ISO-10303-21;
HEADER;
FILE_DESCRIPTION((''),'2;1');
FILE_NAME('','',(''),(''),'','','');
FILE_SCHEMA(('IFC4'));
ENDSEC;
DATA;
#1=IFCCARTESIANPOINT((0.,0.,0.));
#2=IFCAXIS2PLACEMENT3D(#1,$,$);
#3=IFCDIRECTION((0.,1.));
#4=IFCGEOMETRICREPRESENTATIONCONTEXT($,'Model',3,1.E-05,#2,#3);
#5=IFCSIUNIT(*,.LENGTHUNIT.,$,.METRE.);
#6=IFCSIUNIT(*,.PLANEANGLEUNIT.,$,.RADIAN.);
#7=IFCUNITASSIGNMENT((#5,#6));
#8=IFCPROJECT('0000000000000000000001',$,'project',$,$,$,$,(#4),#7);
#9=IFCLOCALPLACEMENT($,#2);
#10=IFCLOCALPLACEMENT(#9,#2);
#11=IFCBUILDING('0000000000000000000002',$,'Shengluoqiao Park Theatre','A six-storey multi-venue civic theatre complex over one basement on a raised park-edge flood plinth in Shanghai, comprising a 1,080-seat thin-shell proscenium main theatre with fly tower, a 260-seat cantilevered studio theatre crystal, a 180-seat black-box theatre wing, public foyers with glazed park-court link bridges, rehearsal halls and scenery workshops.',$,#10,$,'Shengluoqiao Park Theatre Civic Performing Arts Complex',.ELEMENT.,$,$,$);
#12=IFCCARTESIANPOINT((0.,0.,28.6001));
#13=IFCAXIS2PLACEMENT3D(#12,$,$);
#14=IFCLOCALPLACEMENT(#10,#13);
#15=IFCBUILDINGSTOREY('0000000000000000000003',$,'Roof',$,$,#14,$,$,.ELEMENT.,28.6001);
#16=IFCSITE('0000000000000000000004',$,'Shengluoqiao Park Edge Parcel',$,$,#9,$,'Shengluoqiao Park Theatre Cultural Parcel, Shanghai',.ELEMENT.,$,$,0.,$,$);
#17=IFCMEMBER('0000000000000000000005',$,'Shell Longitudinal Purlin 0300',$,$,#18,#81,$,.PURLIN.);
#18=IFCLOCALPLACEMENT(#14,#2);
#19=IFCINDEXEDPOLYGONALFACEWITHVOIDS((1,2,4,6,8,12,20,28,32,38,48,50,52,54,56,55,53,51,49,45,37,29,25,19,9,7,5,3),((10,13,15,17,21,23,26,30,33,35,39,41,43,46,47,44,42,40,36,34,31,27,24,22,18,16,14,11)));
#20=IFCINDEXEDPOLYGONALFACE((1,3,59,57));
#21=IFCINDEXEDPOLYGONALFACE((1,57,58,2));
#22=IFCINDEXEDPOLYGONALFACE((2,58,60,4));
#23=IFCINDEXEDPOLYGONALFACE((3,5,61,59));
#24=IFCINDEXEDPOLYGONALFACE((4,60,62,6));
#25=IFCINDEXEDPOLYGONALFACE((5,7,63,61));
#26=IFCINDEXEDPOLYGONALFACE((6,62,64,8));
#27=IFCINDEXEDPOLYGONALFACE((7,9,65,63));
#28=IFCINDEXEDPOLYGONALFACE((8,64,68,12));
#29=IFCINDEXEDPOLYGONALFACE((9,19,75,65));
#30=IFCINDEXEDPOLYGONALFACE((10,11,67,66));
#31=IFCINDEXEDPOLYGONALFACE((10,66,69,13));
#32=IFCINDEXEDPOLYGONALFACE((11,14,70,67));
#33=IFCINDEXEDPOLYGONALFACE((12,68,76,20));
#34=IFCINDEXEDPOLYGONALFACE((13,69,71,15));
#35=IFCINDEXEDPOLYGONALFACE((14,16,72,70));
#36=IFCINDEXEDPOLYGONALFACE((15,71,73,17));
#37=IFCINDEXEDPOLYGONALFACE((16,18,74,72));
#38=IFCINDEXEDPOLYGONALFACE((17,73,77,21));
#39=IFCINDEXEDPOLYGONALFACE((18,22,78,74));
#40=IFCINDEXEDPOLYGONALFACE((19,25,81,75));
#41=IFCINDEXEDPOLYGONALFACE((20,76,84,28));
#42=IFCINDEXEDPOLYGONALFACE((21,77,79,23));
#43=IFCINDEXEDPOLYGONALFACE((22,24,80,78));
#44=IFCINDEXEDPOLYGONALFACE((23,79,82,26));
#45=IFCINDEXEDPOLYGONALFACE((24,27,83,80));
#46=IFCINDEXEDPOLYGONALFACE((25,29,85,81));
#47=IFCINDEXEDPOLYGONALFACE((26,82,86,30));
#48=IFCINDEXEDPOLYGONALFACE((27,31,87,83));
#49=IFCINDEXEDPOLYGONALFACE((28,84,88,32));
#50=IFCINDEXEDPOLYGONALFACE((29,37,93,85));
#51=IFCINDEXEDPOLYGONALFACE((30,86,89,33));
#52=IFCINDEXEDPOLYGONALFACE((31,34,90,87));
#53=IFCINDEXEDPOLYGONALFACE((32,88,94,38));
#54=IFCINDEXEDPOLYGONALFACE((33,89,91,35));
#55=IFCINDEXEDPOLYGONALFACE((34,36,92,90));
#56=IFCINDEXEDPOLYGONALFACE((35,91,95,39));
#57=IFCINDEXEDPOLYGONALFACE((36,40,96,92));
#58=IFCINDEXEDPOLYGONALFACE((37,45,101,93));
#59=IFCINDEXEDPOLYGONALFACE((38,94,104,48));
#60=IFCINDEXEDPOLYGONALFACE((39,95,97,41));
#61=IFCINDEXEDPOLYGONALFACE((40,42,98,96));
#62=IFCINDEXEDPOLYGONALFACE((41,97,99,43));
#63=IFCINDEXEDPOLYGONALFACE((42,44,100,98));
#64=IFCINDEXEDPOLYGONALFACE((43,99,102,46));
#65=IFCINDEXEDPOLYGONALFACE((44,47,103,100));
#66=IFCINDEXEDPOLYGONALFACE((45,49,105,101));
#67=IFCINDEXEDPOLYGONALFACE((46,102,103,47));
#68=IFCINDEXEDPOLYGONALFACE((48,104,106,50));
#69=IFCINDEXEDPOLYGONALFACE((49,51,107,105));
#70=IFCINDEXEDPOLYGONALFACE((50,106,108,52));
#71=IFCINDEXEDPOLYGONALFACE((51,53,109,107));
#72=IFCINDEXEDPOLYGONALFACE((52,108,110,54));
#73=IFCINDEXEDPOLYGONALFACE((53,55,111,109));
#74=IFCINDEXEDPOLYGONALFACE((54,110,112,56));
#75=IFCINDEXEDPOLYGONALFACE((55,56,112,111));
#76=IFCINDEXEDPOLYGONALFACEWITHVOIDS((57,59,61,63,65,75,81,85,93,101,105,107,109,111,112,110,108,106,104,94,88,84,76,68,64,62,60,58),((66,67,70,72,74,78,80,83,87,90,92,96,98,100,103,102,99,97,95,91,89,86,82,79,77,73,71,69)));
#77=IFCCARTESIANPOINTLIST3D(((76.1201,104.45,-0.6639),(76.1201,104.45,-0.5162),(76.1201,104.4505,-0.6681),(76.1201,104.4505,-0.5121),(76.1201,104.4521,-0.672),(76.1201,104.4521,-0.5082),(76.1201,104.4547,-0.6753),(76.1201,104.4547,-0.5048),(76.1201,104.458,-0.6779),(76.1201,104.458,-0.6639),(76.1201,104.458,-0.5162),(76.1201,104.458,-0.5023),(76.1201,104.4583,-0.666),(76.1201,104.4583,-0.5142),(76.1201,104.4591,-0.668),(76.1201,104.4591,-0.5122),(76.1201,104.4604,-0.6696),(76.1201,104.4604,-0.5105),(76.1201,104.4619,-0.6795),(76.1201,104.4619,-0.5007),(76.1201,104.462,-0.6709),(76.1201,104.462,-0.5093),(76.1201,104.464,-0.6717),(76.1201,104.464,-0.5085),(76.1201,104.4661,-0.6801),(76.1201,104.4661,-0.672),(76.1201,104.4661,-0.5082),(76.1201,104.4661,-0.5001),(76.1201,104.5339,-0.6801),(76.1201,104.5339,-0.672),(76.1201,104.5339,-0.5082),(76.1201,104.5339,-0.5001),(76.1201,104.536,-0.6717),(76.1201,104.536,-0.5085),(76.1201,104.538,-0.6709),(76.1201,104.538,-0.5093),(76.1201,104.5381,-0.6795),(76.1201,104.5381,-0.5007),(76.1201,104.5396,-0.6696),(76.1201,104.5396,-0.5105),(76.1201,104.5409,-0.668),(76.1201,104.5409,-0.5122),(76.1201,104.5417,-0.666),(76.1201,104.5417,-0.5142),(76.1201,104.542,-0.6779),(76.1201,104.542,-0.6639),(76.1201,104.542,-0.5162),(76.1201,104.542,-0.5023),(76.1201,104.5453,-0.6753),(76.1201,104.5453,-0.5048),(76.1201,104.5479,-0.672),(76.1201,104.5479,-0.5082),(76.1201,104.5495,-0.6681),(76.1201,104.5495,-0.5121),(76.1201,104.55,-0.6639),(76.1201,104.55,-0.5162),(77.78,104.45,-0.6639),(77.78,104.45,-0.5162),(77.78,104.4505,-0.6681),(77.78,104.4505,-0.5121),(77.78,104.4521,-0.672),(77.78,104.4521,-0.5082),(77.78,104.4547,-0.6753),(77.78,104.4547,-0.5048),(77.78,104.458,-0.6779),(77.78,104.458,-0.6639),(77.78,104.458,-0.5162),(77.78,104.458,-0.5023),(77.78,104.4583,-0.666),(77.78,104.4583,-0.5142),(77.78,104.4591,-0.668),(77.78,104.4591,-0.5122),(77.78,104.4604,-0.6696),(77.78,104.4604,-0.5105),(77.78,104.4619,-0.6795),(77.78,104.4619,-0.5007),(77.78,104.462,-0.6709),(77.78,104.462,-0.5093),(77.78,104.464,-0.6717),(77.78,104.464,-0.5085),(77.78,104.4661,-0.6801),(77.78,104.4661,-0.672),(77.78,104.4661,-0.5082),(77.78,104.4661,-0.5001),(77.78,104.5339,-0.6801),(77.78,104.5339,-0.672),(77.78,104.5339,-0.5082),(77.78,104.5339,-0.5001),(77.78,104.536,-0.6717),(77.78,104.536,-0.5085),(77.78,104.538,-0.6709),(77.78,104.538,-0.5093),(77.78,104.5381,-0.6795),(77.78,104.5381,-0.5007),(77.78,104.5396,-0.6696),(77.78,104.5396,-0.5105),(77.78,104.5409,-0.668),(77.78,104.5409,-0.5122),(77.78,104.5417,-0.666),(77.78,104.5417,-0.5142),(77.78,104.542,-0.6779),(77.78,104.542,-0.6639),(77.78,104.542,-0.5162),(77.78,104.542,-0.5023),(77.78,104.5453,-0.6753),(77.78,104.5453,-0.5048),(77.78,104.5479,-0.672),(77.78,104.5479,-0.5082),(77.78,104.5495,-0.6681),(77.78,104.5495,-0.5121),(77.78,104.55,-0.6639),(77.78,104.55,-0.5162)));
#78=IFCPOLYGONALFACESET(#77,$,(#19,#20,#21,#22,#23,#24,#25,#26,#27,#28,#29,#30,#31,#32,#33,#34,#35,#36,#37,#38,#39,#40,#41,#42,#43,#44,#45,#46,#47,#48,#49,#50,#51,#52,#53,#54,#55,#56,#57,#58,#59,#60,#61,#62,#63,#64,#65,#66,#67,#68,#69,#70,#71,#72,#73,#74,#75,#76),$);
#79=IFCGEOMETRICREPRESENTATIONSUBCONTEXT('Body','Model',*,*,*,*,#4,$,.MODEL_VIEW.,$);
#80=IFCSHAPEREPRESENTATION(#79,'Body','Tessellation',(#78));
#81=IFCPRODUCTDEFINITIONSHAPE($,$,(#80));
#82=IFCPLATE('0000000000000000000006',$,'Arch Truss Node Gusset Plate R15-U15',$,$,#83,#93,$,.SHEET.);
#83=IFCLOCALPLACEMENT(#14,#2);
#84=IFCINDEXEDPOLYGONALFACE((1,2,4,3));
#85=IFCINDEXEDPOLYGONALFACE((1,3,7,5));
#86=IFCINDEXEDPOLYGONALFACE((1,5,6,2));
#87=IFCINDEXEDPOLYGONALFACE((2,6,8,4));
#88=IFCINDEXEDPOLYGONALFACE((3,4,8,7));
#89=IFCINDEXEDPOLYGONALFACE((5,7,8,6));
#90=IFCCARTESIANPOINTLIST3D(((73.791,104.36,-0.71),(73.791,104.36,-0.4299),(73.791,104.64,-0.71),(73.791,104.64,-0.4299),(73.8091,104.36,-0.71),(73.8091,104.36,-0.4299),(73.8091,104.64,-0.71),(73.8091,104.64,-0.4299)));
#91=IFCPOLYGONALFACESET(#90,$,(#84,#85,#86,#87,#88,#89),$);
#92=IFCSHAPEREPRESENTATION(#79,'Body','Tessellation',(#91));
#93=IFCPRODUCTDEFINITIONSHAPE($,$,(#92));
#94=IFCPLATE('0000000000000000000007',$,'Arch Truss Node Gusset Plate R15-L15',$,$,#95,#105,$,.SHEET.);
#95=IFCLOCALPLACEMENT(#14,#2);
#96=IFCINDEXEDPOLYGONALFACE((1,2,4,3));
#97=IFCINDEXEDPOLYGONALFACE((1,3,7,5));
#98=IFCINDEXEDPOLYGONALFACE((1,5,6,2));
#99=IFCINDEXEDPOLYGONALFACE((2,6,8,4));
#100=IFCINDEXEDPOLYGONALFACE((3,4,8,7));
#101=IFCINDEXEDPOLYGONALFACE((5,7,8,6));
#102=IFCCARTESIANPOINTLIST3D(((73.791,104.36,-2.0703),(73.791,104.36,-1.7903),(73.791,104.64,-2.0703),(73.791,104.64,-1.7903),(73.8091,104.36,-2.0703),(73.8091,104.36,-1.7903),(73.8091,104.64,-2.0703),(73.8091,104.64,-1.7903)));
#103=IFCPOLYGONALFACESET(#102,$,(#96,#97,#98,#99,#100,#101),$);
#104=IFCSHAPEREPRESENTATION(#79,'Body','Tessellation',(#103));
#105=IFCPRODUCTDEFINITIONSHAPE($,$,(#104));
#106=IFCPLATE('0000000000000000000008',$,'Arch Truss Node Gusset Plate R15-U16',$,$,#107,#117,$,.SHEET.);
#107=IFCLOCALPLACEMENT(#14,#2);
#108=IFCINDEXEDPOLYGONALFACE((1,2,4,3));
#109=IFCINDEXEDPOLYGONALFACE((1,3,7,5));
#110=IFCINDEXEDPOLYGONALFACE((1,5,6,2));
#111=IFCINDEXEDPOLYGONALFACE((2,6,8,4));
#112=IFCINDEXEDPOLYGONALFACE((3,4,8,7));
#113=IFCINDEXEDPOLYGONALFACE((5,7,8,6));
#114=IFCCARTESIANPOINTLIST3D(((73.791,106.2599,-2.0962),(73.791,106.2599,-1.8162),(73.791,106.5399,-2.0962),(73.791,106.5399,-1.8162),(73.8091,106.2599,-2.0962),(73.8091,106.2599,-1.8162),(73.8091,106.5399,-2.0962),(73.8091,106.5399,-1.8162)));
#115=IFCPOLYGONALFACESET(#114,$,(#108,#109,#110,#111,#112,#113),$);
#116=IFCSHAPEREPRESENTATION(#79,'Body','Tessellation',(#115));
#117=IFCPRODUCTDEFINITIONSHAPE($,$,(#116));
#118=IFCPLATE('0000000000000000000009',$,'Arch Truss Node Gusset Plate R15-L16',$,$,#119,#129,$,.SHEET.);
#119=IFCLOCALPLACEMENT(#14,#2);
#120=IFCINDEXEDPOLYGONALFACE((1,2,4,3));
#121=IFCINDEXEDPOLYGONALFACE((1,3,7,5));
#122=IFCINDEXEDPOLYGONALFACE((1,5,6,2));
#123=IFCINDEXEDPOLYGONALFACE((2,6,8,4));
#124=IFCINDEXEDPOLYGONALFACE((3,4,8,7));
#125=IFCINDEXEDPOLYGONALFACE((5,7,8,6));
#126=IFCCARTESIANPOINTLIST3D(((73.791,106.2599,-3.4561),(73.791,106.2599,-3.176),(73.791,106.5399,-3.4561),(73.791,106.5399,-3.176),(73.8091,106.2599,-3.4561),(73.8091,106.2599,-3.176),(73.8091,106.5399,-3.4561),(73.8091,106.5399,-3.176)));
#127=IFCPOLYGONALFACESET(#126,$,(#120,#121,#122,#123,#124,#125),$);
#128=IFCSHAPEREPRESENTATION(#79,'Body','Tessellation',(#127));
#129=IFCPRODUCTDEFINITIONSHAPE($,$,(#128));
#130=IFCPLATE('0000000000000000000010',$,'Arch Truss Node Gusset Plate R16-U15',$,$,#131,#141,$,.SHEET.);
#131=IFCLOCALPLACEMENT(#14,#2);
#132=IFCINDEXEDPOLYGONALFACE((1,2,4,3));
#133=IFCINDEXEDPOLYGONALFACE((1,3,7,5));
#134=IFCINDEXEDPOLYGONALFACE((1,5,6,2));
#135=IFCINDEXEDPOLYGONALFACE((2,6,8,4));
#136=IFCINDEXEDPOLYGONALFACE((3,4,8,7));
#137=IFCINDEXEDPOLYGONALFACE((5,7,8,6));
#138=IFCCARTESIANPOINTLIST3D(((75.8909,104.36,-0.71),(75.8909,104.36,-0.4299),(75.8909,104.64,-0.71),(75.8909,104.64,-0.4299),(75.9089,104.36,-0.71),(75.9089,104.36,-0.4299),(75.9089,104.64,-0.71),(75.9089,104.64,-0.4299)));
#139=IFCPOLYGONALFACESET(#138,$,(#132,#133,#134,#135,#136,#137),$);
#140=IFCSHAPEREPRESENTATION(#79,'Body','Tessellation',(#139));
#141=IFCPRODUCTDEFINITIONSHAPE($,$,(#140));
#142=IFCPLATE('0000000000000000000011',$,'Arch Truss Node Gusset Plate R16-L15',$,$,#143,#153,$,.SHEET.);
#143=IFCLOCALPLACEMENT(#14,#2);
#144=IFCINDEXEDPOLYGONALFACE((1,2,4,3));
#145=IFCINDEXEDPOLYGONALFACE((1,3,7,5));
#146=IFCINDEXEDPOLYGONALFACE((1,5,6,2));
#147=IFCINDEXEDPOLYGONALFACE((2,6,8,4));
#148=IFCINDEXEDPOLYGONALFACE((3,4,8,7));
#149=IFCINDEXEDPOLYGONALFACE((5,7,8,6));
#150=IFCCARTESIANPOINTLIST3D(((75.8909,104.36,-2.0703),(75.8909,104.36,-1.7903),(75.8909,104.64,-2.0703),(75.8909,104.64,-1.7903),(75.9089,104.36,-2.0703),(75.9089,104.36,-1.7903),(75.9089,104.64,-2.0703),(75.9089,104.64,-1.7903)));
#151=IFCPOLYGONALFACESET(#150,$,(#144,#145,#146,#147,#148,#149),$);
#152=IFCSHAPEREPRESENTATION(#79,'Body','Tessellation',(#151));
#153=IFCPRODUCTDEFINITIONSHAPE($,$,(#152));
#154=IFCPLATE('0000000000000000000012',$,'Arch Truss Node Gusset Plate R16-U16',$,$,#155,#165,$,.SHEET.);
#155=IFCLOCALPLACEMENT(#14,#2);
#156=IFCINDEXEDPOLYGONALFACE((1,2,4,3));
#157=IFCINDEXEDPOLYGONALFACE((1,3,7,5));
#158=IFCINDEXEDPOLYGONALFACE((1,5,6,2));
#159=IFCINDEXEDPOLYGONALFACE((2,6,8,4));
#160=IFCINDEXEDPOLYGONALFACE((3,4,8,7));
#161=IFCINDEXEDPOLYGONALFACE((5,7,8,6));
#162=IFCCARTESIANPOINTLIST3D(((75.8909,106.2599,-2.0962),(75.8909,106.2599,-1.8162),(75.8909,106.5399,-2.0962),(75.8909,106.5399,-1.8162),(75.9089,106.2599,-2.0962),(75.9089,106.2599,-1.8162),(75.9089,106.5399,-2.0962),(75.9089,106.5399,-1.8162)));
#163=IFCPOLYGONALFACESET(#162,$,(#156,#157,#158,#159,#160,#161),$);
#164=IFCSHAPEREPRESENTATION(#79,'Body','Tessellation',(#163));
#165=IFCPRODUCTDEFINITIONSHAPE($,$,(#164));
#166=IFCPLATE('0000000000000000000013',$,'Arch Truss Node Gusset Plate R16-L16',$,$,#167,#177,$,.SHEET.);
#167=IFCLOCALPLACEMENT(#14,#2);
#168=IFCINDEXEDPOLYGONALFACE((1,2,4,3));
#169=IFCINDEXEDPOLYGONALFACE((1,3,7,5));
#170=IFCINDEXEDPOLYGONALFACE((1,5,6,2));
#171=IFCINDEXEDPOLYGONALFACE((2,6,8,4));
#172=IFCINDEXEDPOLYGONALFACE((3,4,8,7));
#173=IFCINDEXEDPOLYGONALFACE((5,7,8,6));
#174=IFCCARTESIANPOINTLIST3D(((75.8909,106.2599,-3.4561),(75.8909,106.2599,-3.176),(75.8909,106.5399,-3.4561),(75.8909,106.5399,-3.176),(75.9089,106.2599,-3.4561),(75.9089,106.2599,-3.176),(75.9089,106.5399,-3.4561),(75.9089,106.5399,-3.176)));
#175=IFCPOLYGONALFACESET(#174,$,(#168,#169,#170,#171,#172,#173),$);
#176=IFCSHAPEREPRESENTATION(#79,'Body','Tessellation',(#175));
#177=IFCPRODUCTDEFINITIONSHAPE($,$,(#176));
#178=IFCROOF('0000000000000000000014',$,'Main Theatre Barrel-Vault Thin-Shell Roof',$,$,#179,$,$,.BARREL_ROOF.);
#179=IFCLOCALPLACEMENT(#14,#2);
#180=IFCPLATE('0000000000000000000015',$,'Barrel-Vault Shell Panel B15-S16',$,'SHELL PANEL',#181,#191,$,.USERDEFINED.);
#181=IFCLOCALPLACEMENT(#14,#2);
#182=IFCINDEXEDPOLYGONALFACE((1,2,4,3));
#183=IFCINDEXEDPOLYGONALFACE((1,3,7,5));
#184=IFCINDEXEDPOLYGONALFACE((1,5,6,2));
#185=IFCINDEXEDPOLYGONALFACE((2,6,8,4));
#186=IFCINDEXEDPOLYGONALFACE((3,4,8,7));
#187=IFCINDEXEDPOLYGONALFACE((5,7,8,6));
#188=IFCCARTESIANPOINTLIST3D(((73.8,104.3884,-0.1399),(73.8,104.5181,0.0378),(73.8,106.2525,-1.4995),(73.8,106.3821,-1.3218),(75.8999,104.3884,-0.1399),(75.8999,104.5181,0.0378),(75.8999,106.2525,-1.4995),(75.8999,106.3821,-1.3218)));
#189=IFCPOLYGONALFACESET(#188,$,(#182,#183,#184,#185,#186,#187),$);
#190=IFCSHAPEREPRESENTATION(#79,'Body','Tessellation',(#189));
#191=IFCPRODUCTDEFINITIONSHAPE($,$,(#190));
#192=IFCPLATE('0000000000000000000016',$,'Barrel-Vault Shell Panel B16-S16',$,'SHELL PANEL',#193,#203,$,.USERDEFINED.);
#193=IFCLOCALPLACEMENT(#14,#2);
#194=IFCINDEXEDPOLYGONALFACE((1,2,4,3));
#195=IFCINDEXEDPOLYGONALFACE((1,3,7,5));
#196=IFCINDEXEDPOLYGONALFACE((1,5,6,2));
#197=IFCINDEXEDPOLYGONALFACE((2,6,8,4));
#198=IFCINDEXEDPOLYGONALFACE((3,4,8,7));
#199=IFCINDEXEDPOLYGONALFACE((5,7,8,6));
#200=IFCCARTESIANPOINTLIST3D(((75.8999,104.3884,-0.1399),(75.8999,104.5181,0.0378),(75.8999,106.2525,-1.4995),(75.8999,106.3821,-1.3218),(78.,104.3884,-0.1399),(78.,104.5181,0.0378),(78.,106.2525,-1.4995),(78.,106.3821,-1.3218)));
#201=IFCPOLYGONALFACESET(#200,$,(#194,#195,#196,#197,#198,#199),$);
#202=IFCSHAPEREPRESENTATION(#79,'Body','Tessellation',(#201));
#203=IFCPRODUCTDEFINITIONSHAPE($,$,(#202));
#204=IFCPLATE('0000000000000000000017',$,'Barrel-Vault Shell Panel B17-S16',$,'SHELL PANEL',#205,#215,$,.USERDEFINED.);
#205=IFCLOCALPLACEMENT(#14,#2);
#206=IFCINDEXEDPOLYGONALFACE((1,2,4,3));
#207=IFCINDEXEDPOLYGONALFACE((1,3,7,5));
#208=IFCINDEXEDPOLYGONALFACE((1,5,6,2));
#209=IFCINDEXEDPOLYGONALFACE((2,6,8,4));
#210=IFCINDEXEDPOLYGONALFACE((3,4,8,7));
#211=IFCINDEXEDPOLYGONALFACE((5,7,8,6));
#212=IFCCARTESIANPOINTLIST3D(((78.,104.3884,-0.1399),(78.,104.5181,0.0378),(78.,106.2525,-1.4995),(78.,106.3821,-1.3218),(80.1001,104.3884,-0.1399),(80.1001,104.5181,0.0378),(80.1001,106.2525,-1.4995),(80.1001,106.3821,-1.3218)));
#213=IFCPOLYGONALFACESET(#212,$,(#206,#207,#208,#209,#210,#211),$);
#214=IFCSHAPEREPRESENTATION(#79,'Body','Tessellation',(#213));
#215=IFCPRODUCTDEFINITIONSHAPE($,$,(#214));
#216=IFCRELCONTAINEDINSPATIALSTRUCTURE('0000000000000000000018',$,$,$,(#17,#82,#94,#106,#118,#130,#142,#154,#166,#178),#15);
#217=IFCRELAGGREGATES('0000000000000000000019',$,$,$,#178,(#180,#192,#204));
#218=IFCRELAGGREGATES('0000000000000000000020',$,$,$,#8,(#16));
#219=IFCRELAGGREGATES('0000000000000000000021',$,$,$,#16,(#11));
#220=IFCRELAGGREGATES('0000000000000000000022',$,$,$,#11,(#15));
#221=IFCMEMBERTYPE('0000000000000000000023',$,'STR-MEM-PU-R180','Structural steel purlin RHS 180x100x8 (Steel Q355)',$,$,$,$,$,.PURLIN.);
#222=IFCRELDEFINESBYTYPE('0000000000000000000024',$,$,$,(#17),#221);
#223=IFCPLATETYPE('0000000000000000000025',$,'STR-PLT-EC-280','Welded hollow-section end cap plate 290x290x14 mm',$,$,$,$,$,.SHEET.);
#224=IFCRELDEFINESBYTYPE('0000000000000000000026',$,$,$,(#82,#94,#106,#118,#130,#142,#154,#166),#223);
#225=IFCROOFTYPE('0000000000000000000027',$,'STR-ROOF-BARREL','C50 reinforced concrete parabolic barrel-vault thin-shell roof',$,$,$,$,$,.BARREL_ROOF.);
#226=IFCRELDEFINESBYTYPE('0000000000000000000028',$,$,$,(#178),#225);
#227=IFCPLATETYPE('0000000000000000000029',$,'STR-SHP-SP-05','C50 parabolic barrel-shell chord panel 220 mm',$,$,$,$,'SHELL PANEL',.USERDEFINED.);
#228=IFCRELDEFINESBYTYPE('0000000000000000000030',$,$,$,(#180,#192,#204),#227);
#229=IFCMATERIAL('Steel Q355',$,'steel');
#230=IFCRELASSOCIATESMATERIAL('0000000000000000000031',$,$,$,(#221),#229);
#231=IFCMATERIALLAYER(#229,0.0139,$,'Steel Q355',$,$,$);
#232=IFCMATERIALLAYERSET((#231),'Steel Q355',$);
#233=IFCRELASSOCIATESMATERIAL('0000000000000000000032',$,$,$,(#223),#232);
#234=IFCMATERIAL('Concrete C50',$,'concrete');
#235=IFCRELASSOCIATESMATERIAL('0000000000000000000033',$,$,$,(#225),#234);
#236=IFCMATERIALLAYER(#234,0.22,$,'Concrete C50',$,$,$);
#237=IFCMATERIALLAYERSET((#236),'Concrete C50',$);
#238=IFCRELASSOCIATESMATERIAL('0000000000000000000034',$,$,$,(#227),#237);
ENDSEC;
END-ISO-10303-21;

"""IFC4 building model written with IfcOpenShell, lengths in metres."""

from ifc_helpers import new_model, si_unit, direction, frame, origin, origin_2d, place, context, subcontext, project, spatial, polyline, rectangle, hollow_rectangle, outline, extrude, material, layer, layer_set, material_profile, profile_set, type_object, element, aggregate, save


model = new_model("IFC4")

# Units and contexts
model_context = context("Model", 3, precision=1e-05, world=origin(), true_north=direction((0.0, 1.0)))
body_context = subcontext(model_context, "Body", "Model", "MODEL_VIEW")
ifc_project = project(units=[si_unit("LENGTHUNIT", "METRE"), si_unit("PLANEANGLEUNIT", "RADIAN")], contexts=[model_context])

# Site, building, storey
site_placement = place(None, origin())
site = spatial("IfcSite", under=ifc_project, at=site_placement, Name="Shengluoqiao Park Edge Parcel", LongName="Shengluoqiao Park Theatre Cultural Parcel, Shanghai", CompositionType="ELEMENT", RefElevation=0.0)
building_placement = place(site_placement, origin())
building = spatial("IfcBuilding", under=site, at=building_placement, Name="Shengluoqiao Park Theatre", Description="A six-storey multi-venue civic theatre complex over one basement on a raised park-edge flood plinth in Shanghai, comprising a 1,080-seat thin-shell proscenium main theatre with fly tower, a 260-seat cantilevered studio theatre crystal, a 180-seat black-box theatre wing, public foyers with glazed park-court link bridges, rehearsal halls and scenery workshops.", LongName="Shengluoqiao Park Theatre Civic Performing Arts Complex", CompositionType="ELEMENT")
storey_placement = place(building_placement, frame((0.0, 0.0, 28.6001)))
storey = spatial("IfcBuildingStorey", under=building, at=storey_placement, Name="Roof", CompositionType="ELEMENT", Elevation=28.6001)

# Shared definitions
ifc_material_1 = material(Name="Concrete C50", Category="concrete")
ifc_material_2 = material(Name="Steel Q355", Category="steel")

# Member
ifc_material_profile_1 = material_profile(ifc_material_2, hollow_rectangle(XDim=0.1001, YDim=0.1799, WallThickness=0.0081, InnerFilletRadius=0.0081, OuterFilletRadius=0.0161, at=origin_2d()), Name="RHS 180x100x8")
ifc_profile_set_1 = profile_set([ifc_material_profile_1], Name="Steel Q355")
member_type_1 = type_object("IfcMemberType", Name="STR-MEM-PU-R180", Description="Structural steel purlin RHS 180x100x8 (Steel Q355)", PredefinedType="PURLIN", material=ifc_profile_set_1)
for number, where, z_axis, x_axis, name in (
    (1, (76.1201, 104.5, -0.5901), (1.0, 0.0, 0.0), (0.0, 1.0, 0.0), "Shell Longitudinal Purlin 0300"),
):
    element("IfcMember", number, at=place(storey_placement, frame(where, z_axis=z_axis, x_axis=x_axis)), inside=storey, type_object=member_type_1, Name=name, PredefinedType="PURLIN", context=body_context, shape_type="SweptSolid", body=[
        extrude(hollow_rectangle(XDim=0.1001, YDim=0.1799, WallThickness=0.0081, InnerFilletRadius=0.0081, OuterFilletRadius=0.0161, at=origin_2d()), origin(), (0.0, 0.0, 1.0), 1.6599),
    ])

# Plates
ifc_layer_1 = layer(ifc_material_2, 0.0139, Name="Steel Q355")
ifc_layer_set_1 = layer_set([ifc_layer_1], Name="Steel Q355")
plate_type_1 = type_object("IfcPlateType", Name="STR-PLT-EC-280", Description="Welded hollow-section end cap plate 290x290x14 mm", PredefinedType="SHEET", material=ifc_layer_set_1)
for number, where, z_axis, x_axis, name in (
    (2, (73.8, 104.5, -0.71), (0.0, 0.0, 1.0), (1.0, 0.0, 0.0), "Arch Truss Node Gusset Plate R15-U15"),
    (3, (73.8, 104.5, -2.0703), (0.0, 0.0, 1.0), (1.0, 0.0, 0.0), "Arch Truss Node Gusset Plate R15-L15"),
    (4, (73.8, 106.3999, -2.0962), (0.0, 0.0, 1.0), (1.0, 0.0, 0.0), "Arch Truss Node Gusset Plate R15-U16"),
    (5, (73.8, 106.3999, -3.4561), (0.0, 0.0, 1.0), (1.0, 0.0, 0.0), "Arch Truss Node Gusset Plate R15-L16"),
    (6, (75.8999, 104.5, -0.71), (0.0, 0.0, 1.0), (1.0, 0.0, 0.0), "Arch Truss Node Gusset Plate R16-U15"),
    (7, (75.8999, 104.5, -2.0703), (0.0, 0.0, 1.0), (1.0, 0.0, 0.0), "Arch Truss Node Gusset Plate R16-L15"),
    (8, (75.8999, 106.3999, -2.0962), (0.0, 0.0, 1.0), (1.0, 0.0, 0.0), "Arch Truss Node Gusset Plate R16-U16"),
    (9, (75.8999, 106.3999, -3.4561), (0.0, 0.0, 1.0), (1.0, 0.0, 0.0), "Arch Truss Node Gusset Plate R16-L16"),
):
    element("IfcPlate", number, at=place(storey_placement, frame(where, z_axis=z_axis, x_axis=x_axis)), inside=storey, type_object=plate_type_1, Name=name, PredefinedType="SHEET", context=body_context, shape_type="SweptSolid", body=[
        extrude(rectangle(XDim=0.0181, YDim=0.28, at=origin_2d()), origin(), (0.0, 0.0, 1.0), 0.28),
    ])

# Roof, plates
roof_type = type_object("IfcRoofType", Name="STR-ROOF-BARREL", Description="C50 reinforced concrete parabolic barrel-vault thin-shell roof", PredefinedType="BARREL_ROOF", material=ifc_material_1)
roof_placement = place(storey_placement, origin())
roof = element("IfcRoof", 10, at=roof_placement, inside=storey, type_object=roof_type, Name="Main Theatre Barrel-Vault Thin-Shell Roof", PredefinedType="BARREL_ROOF")
ifc_layer_2 = layer(ifc_material_1, 0.22, Name="Concrete C50")
ifc_layer_set_2 = layer_set([ifc_layer_2], Name="Concrete C50")
plate_type_2 = type_object("IfcPlateType", Name="STR-SHP-SP-05", Description="C50 parabolic barrel-shell chord panel 220 mm", ElementType="SHELL PANEL", PredefinedType="USERDEFINED", material=ifc_layer_set_2)
plate_1_placement = place(storey_placement, frame((73.8, 104.5181, 0.0378), z_axis=(0.0, 0.589297, 0.807916), x_axis=(1.0, 0.0, 0.0)))
plate_1 = element("IfcPlate", 11, at=plate_1_placement, type_object=plate_type_2, Name="Barrel-Vault Shell Panel B15-S16", ObjectType="SHELL PANEL", PredefinedType="USERDEFINED", context=body_context, shape_type="SweptSolid", body=[
    extrude(outline(polyline([(0.0, 0.0), (2.0999, 0.0), (2.0999, 2.3072), (0.0, 2.3072), (0.0, 0.0)])), origin(), (0.0, 0.0, -1.0), 0.22),
])
plate_2_placement = place(storey_placement, frame((75.8999, 104.5181, 0.0378), z_axis=(0.0, 0.589297, 0.807916), x_axis=(1.0, 0.0, 0.0)))
plate_2 = element("IfcPlate", 12, at=plate_2_placement, type_object=plate_type_2, Name="Barrel-Vault Shell Panel B16-S16", ObjectType="SHELL PANEL", PredefinedType="USERDEFINED", context=body_context, shape_type="SweptSolid", body=[
    extrude(outline(polyline([(0.0, 0.0), (2.1001, 0.0), (2.1001, 2.3072), (0.0, 2.3072), (0.0, 0.0)])), origin(), (0.0, 0.0, -1.0), 0.22),
])
plate_3_placement = place(storey_placement, frame((78.0, 104.5181, 0.0378), z_axis=(0.0, 0.589297, 0.807916), x_axis=(1.0, 0.0, 0.0)))
plate_3 = element("IfcPlate", 13, at=plate_3_placement, type_object=plate_type_2, Name="Barrel-Vault Shell Panel B17-S16", ObjectType="SHELL PANEL", PredefinedType="USERDEFINED", context=body_context, shape_type="SweptSolid", body=[
    extrude(outline(polyline([(0.0, 0.0), (2.1001, 0.0), (2.1001, 2.3072), (0.0, 2.3072), (0.0, 0.0)])), origin(), (0.0, 0.0, -1.0), 0.22),
])
aggregate(roof, [plate_1, plate_2, plate_3])

save(model, "model.ifc")
